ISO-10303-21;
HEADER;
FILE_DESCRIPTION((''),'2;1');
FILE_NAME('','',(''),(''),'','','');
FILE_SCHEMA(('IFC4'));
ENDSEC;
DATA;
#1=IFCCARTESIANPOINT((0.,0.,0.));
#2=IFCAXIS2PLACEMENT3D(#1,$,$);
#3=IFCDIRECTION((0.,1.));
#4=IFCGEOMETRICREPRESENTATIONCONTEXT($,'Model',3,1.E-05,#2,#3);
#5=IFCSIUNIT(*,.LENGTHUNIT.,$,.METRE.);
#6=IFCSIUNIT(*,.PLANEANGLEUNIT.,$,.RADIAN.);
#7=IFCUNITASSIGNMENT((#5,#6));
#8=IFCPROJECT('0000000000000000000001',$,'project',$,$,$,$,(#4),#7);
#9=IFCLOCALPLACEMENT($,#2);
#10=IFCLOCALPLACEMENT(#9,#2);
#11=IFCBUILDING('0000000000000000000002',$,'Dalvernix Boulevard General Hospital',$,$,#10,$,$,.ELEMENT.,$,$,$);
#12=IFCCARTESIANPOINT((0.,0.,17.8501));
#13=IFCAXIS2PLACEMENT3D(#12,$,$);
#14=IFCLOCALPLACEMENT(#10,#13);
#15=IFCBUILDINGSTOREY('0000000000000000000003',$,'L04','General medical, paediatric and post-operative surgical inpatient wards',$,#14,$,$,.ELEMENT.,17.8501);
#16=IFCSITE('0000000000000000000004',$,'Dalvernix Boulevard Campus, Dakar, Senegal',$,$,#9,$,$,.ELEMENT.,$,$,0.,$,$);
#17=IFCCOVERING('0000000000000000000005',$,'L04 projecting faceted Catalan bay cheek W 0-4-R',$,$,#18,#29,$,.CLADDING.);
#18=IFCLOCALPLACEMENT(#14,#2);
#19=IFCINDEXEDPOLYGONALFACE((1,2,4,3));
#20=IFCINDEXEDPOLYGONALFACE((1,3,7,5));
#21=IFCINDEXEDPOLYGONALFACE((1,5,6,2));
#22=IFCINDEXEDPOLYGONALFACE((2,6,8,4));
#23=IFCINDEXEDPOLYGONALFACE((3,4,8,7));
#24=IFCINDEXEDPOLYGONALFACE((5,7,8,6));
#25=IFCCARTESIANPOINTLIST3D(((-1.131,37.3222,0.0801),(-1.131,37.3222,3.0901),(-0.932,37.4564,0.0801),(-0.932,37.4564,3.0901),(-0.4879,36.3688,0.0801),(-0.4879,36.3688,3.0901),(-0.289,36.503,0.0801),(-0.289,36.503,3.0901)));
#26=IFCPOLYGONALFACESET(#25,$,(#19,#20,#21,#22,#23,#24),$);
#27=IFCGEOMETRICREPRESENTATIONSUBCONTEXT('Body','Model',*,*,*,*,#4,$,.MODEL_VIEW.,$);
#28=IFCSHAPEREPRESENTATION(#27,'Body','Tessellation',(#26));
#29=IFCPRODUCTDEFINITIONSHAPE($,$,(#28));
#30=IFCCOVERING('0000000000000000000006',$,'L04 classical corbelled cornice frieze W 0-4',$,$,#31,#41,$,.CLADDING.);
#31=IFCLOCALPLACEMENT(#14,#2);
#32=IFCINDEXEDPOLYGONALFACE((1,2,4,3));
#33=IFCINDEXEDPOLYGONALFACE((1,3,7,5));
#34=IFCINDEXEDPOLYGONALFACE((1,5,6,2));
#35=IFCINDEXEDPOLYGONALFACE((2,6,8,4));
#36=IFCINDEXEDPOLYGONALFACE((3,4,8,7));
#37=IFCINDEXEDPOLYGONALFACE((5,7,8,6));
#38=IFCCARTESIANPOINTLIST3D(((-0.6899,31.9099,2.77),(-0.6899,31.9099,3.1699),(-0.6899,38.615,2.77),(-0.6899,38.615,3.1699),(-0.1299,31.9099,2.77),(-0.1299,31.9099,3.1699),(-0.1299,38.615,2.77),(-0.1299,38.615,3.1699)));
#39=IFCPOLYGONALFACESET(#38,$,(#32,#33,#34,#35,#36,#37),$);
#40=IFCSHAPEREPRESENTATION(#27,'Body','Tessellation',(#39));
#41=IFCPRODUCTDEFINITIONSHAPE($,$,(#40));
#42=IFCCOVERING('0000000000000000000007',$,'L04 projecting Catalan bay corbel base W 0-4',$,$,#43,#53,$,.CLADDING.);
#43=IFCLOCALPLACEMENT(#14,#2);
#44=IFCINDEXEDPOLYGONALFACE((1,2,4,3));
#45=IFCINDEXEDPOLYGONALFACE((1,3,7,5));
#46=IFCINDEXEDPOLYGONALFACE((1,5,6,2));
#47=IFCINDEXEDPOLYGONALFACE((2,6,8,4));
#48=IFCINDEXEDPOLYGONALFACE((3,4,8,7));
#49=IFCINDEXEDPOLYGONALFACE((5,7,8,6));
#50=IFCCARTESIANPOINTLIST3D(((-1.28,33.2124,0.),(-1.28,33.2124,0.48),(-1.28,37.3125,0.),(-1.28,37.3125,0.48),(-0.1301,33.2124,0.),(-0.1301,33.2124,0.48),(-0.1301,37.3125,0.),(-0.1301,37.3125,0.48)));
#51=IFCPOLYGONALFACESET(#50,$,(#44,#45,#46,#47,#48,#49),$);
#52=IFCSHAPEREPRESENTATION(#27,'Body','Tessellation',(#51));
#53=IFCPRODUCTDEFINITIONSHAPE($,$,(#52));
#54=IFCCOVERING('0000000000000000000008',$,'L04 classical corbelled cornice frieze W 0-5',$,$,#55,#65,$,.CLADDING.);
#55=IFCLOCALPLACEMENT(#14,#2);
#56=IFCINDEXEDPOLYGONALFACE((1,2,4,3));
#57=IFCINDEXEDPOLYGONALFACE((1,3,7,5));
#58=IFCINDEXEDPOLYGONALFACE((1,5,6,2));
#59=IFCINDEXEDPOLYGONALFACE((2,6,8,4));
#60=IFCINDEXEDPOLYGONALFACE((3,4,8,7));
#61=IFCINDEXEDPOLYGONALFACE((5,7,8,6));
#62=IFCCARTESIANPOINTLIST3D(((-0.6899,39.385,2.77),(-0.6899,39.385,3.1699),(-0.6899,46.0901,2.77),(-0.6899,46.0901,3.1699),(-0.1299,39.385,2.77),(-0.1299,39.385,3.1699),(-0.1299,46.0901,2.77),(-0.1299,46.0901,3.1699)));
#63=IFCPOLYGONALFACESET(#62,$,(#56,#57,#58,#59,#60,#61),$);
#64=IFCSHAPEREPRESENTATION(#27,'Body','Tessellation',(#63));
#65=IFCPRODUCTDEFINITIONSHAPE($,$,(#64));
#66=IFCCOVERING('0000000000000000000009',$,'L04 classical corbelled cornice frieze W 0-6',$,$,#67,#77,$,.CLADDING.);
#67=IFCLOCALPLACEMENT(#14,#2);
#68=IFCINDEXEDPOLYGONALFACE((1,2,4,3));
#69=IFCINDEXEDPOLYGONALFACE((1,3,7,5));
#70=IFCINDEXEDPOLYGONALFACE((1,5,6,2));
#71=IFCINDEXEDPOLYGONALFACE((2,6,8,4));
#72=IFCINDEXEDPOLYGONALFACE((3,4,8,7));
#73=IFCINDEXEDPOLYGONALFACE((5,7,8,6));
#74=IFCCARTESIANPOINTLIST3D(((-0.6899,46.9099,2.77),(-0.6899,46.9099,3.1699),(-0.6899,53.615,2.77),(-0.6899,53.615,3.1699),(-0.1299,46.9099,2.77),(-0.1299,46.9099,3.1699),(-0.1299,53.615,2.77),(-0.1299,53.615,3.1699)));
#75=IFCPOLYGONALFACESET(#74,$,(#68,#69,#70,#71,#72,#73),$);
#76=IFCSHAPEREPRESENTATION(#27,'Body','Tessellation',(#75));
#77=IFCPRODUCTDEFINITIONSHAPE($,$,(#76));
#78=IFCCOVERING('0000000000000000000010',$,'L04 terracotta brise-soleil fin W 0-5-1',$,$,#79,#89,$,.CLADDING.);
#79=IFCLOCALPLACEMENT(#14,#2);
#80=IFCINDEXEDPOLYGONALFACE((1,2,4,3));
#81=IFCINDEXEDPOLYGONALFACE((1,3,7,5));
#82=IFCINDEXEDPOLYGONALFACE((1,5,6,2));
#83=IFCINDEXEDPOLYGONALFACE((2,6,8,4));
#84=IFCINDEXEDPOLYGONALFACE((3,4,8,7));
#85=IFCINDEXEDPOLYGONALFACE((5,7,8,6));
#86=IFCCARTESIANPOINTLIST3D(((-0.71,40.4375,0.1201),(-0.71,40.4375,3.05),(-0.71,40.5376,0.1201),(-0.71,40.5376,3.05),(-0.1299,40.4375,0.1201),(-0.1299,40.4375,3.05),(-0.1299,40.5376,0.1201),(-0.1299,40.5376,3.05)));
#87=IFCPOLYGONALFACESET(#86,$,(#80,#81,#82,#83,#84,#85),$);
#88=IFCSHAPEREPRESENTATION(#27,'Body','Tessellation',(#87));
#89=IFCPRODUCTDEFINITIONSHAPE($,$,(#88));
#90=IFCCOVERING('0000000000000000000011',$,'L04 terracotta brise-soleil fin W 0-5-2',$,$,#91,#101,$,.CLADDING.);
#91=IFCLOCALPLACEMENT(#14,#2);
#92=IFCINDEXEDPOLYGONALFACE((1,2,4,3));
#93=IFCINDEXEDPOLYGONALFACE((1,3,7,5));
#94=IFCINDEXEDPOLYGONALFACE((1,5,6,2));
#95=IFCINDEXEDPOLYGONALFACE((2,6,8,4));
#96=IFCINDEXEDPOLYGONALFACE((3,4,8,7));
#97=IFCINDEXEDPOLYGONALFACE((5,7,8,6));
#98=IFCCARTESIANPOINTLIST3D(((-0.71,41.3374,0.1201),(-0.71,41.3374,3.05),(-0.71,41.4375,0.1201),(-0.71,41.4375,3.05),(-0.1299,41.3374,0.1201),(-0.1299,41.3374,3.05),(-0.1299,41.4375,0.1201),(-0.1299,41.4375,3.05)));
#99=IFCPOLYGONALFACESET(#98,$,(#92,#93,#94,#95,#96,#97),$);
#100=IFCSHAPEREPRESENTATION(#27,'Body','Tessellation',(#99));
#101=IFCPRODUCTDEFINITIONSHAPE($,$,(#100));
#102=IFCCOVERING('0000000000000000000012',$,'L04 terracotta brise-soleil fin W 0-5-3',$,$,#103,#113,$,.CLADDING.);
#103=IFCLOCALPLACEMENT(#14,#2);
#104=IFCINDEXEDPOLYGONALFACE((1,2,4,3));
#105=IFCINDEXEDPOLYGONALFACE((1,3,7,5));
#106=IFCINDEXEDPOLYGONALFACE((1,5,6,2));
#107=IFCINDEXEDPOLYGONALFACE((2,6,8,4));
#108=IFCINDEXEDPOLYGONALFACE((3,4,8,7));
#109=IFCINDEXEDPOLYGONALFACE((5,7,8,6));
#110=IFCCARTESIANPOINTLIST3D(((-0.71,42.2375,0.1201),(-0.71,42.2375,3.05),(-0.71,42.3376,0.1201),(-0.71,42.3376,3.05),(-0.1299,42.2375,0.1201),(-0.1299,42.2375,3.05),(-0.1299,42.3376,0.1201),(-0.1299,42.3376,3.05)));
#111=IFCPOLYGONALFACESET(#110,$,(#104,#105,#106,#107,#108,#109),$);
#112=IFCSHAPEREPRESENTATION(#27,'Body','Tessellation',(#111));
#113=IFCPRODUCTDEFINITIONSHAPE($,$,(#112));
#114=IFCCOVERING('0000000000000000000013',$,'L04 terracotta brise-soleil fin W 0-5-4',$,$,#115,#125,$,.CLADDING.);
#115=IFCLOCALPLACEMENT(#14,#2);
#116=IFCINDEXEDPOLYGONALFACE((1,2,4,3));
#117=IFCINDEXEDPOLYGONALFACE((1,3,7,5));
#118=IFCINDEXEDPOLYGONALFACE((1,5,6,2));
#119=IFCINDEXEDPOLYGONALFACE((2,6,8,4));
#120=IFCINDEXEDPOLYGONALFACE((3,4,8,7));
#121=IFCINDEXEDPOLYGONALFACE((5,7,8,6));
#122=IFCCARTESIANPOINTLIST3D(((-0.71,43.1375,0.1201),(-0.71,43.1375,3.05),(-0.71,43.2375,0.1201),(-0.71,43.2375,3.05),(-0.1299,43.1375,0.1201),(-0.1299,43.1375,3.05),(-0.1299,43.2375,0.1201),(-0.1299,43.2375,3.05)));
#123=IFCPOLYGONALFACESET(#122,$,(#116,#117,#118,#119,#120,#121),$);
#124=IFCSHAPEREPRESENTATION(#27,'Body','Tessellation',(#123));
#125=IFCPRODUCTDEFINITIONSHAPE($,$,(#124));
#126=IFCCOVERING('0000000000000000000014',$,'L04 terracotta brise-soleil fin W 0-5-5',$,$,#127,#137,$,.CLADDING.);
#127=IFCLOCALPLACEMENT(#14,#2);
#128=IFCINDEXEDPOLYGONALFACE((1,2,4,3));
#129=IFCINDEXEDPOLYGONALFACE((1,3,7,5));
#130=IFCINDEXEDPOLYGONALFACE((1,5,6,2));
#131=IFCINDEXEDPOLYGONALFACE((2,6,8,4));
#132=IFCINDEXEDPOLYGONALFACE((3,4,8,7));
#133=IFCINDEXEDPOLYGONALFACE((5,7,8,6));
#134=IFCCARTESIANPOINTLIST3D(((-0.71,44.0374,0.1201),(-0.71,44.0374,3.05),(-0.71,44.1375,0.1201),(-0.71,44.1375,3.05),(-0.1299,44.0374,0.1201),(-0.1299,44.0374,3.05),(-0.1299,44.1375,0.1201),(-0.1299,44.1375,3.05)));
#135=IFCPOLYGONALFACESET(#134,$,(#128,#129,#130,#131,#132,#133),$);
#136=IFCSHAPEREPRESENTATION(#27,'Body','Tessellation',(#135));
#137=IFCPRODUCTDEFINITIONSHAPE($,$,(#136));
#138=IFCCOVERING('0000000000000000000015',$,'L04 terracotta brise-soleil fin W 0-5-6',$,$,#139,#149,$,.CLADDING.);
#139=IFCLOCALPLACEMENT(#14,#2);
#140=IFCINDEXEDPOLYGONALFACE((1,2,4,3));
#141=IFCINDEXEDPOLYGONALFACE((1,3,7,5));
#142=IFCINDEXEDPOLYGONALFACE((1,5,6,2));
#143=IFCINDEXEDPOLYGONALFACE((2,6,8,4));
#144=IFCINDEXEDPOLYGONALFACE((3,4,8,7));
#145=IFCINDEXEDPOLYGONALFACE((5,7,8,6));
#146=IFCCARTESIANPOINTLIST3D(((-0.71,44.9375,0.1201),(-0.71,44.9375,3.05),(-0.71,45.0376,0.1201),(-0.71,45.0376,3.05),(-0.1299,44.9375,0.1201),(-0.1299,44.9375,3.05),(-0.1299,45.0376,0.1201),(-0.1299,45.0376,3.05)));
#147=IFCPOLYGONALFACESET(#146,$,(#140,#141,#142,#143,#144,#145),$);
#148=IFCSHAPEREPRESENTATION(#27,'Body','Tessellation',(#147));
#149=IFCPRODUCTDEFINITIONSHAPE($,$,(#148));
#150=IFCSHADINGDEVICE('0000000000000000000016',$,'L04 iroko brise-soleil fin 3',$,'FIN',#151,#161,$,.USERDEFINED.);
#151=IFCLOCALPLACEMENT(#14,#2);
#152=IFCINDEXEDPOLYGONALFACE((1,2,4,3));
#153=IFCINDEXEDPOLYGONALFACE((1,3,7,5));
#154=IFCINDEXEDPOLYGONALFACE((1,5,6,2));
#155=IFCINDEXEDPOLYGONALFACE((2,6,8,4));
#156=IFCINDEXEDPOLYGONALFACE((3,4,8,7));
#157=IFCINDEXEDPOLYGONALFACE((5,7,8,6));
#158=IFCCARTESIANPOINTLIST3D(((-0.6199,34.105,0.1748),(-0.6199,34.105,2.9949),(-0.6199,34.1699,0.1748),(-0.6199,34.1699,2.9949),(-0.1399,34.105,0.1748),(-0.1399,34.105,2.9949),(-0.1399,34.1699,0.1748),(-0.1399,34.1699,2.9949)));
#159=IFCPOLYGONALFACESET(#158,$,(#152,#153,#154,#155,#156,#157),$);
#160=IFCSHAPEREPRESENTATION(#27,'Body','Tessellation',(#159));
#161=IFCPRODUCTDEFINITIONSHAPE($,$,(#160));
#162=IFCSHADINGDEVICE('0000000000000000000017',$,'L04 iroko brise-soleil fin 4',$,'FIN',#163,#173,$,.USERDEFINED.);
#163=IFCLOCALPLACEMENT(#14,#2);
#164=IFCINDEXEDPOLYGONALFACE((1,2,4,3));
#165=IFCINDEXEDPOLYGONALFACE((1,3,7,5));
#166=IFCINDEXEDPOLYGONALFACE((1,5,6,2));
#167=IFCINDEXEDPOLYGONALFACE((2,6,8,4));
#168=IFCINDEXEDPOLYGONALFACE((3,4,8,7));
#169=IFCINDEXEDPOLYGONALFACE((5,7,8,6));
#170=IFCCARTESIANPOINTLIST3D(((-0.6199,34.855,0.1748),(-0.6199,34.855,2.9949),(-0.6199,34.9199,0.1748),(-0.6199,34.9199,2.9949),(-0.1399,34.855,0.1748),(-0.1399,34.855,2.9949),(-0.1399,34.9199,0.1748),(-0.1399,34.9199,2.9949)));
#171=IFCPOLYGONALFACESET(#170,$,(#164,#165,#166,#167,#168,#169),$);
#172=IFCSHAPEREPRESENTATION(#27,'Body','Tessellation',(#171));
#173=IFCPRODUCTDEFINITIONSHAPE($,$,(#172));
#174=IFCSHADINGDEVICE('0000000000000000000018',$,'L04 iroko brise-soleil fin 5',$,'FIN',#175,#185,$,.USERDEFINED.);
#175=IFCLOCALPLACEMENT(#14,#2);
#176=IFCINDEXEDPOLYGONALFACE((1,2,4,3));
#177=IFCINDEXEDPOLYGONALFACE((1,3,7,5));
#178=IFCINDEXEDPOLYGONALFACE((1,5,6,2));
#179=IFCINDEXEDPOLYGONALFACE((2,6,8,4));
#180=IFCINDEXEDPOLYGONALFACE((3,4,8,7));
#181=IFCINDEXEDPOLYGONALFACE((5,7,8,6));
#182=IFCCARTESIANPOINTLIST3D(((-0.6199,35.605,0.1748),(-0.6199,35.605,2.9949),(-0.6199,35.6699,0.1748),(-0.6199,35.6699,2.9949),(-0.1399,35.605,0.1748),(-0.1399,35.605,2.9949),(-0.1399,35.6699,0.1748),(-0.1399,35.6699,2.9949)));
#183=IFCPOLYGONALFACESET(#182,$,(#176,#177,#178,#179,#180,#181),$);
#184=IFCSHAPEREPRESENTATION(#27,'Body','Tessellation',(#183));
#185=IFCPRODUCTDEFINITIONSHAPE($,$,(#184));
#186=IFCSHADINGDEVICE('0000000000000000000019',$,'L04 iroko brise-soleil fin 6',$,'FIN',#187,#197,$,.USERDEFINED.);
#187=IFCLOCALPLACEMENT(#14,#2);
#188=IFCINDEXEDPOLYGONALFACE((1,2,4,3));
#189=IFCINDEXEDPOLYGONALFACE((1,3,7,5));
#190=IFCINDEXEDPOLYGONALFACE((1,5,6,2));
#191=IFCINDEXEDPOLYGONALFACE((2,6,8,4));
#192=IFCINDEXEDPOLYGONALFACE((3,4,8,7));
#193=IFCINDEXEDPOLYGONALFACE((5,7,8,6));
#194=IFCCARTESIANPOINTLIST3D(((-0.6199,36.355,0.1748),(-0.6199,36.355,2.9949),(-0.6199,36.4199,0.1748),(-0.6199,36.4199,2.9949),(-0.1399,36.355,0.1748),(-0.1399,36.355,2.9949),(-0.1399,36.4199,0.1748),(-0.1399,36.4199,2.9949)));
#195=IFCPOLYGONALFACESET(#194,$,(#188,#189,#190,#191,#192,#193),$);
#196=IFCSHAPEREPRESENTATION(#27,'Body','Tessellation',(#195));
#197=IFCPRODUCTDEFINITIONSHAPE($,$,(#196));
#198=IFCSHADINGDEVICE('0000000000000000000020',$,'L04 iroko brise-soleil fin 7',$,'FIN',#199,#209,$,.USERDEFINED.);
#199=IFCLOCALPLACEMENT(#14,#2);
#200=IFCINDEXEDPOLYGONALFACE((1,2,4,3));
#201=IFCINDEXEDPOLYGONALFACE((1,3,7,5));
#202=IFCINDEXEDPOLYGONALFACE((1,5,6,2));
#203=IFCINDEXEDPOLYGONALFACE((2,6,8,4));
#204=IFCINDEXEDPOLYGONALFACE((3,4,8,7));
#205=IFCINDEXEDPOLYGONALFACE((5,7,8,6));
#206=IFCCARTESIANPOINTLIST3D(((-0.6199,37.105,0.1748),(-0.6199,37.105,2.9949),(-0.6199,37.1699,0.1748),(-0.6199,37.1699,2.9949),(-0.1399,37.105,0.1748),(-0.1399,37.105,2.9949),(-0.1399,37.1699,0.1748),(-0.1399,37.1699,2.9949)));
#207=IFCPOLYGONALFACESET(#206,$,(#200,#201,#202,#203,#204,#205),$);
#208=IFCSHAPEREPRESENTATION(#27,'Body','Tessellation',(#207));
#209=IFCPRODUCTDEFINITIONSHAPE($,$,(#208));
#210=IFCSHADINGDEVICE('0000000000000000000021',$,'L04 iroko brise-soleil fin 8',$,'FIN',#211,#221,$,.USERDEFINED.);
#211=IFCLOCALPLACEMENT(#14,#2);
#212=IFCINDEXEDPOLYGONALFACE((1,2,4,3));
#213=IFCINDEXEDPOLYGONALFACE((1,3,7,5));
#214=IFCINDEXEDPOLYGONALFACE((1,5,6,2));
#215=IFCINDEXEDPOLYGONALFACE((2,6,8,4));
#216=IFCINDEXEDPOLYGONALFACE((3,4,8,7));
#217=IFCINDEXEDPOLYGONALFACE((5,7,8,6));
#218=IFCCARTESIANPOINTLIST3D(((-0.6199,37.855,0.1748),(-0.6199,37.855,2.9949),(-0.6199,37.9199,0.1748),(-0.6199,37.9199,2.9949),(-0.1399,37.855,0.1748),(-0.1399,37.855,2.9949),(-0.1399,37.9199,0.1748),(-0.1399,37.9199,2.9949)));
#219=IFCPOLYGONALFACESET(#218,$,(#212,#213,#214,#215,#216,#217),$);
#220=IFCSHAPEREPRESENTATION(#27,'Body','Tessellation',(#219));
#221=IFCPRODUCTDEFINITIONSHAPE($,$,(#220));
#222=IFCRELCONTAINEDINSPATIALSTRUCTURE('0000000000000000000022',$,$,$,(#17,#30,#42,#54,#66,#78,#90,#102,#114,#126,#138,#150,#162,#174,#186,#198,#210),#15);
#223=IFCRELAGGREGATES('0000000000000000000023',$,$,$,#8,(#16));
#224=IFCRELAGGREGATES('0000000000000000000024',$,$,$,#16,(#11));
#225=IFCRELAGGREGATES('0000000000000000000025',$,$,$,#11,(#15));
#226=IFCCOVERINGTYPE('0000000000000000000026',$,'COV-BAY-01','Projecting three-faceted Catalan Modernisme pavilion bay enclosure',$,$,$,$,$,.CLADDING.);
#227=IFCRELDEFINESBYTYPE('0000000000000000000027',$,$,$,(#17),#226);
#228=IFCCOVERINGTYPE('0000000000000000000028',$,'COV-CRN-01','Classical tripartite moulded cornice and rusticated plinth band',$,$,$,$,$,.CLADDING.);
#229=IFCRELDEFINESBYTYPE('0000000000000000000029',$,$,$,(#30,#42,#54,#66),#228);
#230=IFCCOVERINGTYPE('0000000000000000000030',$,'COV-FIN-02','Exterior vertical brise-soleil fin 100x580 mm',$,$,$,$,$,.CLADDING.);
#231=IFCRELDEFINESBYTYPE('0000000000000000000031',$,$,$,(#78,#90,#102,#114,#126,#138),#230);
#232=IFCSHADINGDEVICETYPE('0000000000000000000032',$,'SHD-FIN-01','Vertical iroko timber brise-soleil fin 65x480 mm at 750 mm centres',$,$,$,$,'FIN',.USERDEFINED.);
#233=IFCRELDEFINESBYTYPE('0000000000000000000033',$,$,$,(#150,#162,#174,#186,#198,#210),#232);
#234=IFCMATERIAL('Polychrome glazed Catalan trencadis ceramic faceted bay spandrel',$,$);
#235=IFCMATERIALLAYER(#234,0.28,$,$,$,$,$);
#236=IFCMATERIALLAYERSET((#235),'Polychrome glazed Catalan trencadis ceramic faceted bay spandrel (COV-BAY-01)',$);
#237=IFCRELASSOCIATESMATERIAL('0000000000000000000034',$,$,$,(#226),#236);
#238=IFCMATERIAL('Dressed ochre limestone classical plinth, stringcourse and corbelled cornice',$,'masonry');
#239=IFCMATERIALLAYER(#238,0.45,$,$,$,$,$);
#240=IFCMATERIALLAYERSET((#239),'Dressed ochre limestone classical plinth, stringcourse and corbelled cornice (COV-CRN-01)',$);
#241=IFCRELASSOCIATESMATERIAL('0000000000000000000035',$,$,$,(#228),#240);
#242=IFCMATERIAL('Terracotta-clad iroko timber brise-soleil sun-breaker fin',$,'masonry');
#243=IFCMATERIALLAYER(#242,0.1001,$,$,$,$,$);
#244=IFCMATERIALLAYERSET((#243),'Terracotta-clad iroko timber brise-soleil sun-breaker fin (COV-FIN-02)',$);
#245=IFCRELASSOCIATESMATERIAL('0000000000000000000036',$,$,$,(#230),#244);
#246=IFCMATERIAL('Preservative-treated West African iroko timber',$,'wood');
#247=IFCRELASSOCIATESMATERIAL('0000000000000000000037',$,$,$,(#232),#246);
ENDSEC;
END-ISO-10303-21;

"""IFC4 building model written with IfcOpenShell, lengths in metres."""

from ifc_helpers import new_model, si_unit, direction, frame, origin, origin_2d, place, context, subcontext, project, spatial, rectangle, extrude, material, layer, layer_set, type_object, element, save


model = new_model("IFC4")

# Units and contexts
model_context = context("Model", 3, precision=1e-05, world=origin(), true_north=direction((0.0, 1.0)))
body_context = subcontext(model_context, "Body", "Model", "MODEL_VIEW")
ifc_project = project(units=[si_unit("LENGTHUNIT", "METRE"), si_unit("PLANEANGLEUNIT", "RADIAN")], contexts=[model_context])

# Site, building, storey
site_placement = place(None, origin())
site = spatial("IfcSite", under=ifc_project, at=site_placement, Name="Dalvernix Boulevard Campus, Dakar, Senegal", CompositionType="ELEMENT", RefElevation=0.0)
building_placement = place(site_placement, origin())
building = spatial("IfcBuilding", under=site, at=building_placement, Name="Dalvernix Boulevard General Hospital", CompositionType="ELEMENT")
storey_placement = place(building_placement, frame((0.0, 0.0, 17.8501)))
storey = spatial("IfcBuildingStorey", under=building, at=storey_placement, Name="L04", Description="General medical, paediatric and post-operative surgical inpatient wards", CompositionType="ELEMENT", Elevation=17.8501)

# Coverings
ifc_material_1 = material(Name="Polychrome glazed Catalan trencadis ceramic faceted bay spandrel")
ifc_layer_1 = layer(ifc_material_1, 0.28)
ifc_layer_set_1 = layer_set([ifc_layer_1], Name="Polychrome glazed Catalan trencadis ceramic faceted bay spandrel (COV-BAY-01)")
covering_type_1 = type_object("IfcCoveringType", Name="COV-BAY-01", Description="Projecting three-faceted Catalan Modernisme pavilion bay enclosure", PredefinedType="CLADDING", material=ifc_layer_set_1)
covering_1_placement = place(storey_placement, frame((-0.71, 36.9126, 0.0801), z_axis=(0.0, 0.0, 1.0), x_axis=(-0.559193, 0.829038, 0.0)))
element("IfcCovering", 1, at=covering_1_placement, inside=storey, type_object=covering_type_1, Name="L04 projecting faceted Catalan bay cheek W 0-4-R", PredefinedType="CLADDING", context=body_context, shape_type="SweptSolid", body=[
    extrude(rectangle(XDim=1.1499, YDim=0.24, at=origin_2d()), origin(), (0.0, 0.0, 1.0), 3.01),
])
ifc_material_2 = material(Name="Dressed ochre limestone classical plinth, stringcourse and corbelled cornice", Category="masonry")
ifc_layer_2 = layer(ifc_material_2, 0.45)
ifc_layer_set_2 = layer_set([ifc_layer_2], Name="Dressed ochre limestone classical plinth, stringcourse and corbelled cornice (COV-CRN-01)")
covering_type_2 = type_object("IfcCoveringType", Name="COV-CRN-01", Description="Classical tripartite moulded cornice and rusticated plinth band", PredefinedType="CLADDING", material=ifc_layer_set_2)
covering_2_placement = place(storey_placement, frame((-0.4099, 35.2625, 2.77), z_axis=(0.0, 0.0, 1.0), x_axis=(0.0, 1.0, 0.0)))
element("IfcCovering", 2, at=covering_2_placement, inside=storey, type_object=covering_type_2, Name="L04 classical corbelled cornice frieze W 0-4", PredefinedType="CLADDING", context=body_context, shape_type="SweptSolid", body=[
    extrude(rectangle(XDim=6.7051, YDim=0.5601, at=origin_2d()), origin(), (0.0, 0.0, 1.0), 0.3999),
])
covering_3_placement = place(storey_placement, frame((-0.7051, 35.2625, 0.0), z_axis=(0.0, 0.0, 1.0), x_axis=(0.0, 1.0, 0.0)))
element("IfcCovering", 3, at=covering_3_placement, inside=storey, type_object=covering_type_2, Name="L04 projecting Catalan bay corbel base W 0-4", PredefinedType="CLADDING", context=body_context, shape_type="SweptSolid", body=[
    extrude(rectangle(XDim=4.1001, YDim=1.1499, at=origin_2d()), origin(), (0.0, 0.0, 1.0), 0.48),
])
for number, where, z_axis, x_axis, name in (
    (4, (-0.4099, 42.7375, 2.77), (0.0, 0.0, 1.0), (0.0, 1.0, 0.0), "L04 classical corbelled cornice frieze W 0-5"),
    (5, (-0.4099, 50.2625, 2.77), (0.0, 0.0, 1.0), (0.0, 1.0, 0.0), "L04 classical corbelled cornice frieze W 0-6"),
):
    element("IfcCovering", number, at=place(storey_placement, frame(where, z_axis=z_axis, x_axis=x_axis)), inside=storey, type_object=covering_type_2, Name=name, PredefinedType="CLADDING", context=body_context, shape_type="SweptSolid", body=[
        extrude(rectangle(XDim=6.7051, YDim=0.5601, at=origin_2d()), origin(), (0.0, 0.0, 1.0), 0.3999),
    ])
ifc_material_3 = material(Name="Terracotta-clad iroko timber brise-soleil sun-breaker fin", Category="masonry")
ifc_layer_3 = layer(ifc_material_3, 0.1001)
ifc_layer_set_3 = layer_set([ifc_layer_3], Name="Terracotta-clad iroko timber brise-soleil sun-breaker fin (COV-FIN-02)")
covering_type_3 = type_object("IfcCoveringType", Name="COV-FIN-02", Description="Exterior vertical brise-soleil fin 100x580 mm", PredefinedType="CLADDING", material=ifc_layer_set_3)
for number, where, z_axis, x_axis, name in (
    (6, (-0.4199, 40.4875, 0.1201), (0.0, 0.0, 1.0), (0.0, 1.0, 0.0), "L04 terracotta brise-soleil fin W 0-5-1"),
    (7, (-0.4199, 41.3875, 0.1201), (0.0, 0.0, 1.0), (0.0, 1.0, 0.0), "L04 terracotta brise-soleil fin W 0-5-2"),
    (8, (-0.4199, 42.2876, 0.1201), (0.0, 0.0, 1.0), (0.0, 1.0, 0.0), "L04 terracotta brise-soleil fin W 0-5-3"),
    (9, (-0.4199, 43.1875, 0.1201), (0.0, 0.0, 1.0), (0.0, 1.0, 0.0), "L04 terracotta brise-soleil fin W 0-5-4"),
    (10, (-0.4199, 44.0874, 0.1201), (0.0, 0.0, 1.0), (0.0, 1.0, 0.0), "L04 terracotta brise-soleil fin W 0-5-5"),
    (11, (-0.4199, 44.9875, 0.1201), (0.0, 0.0, 1.0), (0.0, 1.0, 0.0), "L04 terracotta brise-soleil fin W 0-5-6"),
):
    element("IfcCovering", number, at=place(storey_placement, frame(where, z_axis=z_axis, x_axis=x_axis)), inside=storey, type_object=covering_type_3, Name=name, PredefinedType="CLADDING", context=body_context, shape_type="SweptSolid", body=[
        extrude(rectangle(XDim=0.1001, YDim=0.5801, at=origin_2d()), origin(), (0.0, 0.0, 1.0), 2.9299),
    ])

# Shading devices
ifc_material_4 = material(Name="Preservative-treated West African iroko timber", Category="wood")
shading_device_type = type_object("IfcShadingDeviceType", Name="SHD-FIN-01", Description="Vertical iroko timber brise-soleil fin 65x480 mm at 750 mm centres", ElementType="FIN", PredefinedType="USERDEFINED", material=ifc_material_4)
for number, where, z_axis, x_axis, name in (
    (12, (-0.3799, 34.1375, 0.1748), (0.0, 0.0, 1.0), (0.0, 1.0, 0.0), "L04 iroko brise-soleil fin 3"),
    (13, (-0.3799, 34.8875, 0.1748), (0.0, 0.0, 1.0), (0.0, 1.0, 0.0), "L04 iroko brise-soleil fin 4"),
    (14, (-0.3799, 35.6375, 0.1748), (0.0, 0.0, 1.0), (0.0, 1.0, 0.0), "L04 iroko brise-soleil fin 5"),
    (15, (-0.3799, 36.3875, 0.1748), (0.0, 0.0, 1.0), (0.0, 1.0, 0.0), "L04 iroko brise-soleil fin 6"),
    (16, (-0.3799, 37.1375, 0.1748), (0.0, 0.0, 1.0), (0.0, 1.0, 0.0), "L04 iroko brise-soleil fin 7"),
    (17, (-0.3799, 37.8875, 0.1748), (0.0, 0.0, 1.0), (0.0, 1.0, 0.0), "L04 iroko brise-soleil fin 8"),
):
    element("IfcShadingDevice", number, at=place(storey_placement, frame(where, z_axis=z_axis, x_axis=x_axis)), inside=storey, type_object=shading_device_type, Name=name, ObjectType="FIN", PredefinedType="USERDEFINED", context=body_context, shape_type="SweptSolid", body=[
        extrude(rectangle(XDim=0.0649, YDim=0.48, at=origin_2d()), origin(), (0.0, 0.0, 1.0), 2.8201),
    ])

save(model, "model.ifc")
